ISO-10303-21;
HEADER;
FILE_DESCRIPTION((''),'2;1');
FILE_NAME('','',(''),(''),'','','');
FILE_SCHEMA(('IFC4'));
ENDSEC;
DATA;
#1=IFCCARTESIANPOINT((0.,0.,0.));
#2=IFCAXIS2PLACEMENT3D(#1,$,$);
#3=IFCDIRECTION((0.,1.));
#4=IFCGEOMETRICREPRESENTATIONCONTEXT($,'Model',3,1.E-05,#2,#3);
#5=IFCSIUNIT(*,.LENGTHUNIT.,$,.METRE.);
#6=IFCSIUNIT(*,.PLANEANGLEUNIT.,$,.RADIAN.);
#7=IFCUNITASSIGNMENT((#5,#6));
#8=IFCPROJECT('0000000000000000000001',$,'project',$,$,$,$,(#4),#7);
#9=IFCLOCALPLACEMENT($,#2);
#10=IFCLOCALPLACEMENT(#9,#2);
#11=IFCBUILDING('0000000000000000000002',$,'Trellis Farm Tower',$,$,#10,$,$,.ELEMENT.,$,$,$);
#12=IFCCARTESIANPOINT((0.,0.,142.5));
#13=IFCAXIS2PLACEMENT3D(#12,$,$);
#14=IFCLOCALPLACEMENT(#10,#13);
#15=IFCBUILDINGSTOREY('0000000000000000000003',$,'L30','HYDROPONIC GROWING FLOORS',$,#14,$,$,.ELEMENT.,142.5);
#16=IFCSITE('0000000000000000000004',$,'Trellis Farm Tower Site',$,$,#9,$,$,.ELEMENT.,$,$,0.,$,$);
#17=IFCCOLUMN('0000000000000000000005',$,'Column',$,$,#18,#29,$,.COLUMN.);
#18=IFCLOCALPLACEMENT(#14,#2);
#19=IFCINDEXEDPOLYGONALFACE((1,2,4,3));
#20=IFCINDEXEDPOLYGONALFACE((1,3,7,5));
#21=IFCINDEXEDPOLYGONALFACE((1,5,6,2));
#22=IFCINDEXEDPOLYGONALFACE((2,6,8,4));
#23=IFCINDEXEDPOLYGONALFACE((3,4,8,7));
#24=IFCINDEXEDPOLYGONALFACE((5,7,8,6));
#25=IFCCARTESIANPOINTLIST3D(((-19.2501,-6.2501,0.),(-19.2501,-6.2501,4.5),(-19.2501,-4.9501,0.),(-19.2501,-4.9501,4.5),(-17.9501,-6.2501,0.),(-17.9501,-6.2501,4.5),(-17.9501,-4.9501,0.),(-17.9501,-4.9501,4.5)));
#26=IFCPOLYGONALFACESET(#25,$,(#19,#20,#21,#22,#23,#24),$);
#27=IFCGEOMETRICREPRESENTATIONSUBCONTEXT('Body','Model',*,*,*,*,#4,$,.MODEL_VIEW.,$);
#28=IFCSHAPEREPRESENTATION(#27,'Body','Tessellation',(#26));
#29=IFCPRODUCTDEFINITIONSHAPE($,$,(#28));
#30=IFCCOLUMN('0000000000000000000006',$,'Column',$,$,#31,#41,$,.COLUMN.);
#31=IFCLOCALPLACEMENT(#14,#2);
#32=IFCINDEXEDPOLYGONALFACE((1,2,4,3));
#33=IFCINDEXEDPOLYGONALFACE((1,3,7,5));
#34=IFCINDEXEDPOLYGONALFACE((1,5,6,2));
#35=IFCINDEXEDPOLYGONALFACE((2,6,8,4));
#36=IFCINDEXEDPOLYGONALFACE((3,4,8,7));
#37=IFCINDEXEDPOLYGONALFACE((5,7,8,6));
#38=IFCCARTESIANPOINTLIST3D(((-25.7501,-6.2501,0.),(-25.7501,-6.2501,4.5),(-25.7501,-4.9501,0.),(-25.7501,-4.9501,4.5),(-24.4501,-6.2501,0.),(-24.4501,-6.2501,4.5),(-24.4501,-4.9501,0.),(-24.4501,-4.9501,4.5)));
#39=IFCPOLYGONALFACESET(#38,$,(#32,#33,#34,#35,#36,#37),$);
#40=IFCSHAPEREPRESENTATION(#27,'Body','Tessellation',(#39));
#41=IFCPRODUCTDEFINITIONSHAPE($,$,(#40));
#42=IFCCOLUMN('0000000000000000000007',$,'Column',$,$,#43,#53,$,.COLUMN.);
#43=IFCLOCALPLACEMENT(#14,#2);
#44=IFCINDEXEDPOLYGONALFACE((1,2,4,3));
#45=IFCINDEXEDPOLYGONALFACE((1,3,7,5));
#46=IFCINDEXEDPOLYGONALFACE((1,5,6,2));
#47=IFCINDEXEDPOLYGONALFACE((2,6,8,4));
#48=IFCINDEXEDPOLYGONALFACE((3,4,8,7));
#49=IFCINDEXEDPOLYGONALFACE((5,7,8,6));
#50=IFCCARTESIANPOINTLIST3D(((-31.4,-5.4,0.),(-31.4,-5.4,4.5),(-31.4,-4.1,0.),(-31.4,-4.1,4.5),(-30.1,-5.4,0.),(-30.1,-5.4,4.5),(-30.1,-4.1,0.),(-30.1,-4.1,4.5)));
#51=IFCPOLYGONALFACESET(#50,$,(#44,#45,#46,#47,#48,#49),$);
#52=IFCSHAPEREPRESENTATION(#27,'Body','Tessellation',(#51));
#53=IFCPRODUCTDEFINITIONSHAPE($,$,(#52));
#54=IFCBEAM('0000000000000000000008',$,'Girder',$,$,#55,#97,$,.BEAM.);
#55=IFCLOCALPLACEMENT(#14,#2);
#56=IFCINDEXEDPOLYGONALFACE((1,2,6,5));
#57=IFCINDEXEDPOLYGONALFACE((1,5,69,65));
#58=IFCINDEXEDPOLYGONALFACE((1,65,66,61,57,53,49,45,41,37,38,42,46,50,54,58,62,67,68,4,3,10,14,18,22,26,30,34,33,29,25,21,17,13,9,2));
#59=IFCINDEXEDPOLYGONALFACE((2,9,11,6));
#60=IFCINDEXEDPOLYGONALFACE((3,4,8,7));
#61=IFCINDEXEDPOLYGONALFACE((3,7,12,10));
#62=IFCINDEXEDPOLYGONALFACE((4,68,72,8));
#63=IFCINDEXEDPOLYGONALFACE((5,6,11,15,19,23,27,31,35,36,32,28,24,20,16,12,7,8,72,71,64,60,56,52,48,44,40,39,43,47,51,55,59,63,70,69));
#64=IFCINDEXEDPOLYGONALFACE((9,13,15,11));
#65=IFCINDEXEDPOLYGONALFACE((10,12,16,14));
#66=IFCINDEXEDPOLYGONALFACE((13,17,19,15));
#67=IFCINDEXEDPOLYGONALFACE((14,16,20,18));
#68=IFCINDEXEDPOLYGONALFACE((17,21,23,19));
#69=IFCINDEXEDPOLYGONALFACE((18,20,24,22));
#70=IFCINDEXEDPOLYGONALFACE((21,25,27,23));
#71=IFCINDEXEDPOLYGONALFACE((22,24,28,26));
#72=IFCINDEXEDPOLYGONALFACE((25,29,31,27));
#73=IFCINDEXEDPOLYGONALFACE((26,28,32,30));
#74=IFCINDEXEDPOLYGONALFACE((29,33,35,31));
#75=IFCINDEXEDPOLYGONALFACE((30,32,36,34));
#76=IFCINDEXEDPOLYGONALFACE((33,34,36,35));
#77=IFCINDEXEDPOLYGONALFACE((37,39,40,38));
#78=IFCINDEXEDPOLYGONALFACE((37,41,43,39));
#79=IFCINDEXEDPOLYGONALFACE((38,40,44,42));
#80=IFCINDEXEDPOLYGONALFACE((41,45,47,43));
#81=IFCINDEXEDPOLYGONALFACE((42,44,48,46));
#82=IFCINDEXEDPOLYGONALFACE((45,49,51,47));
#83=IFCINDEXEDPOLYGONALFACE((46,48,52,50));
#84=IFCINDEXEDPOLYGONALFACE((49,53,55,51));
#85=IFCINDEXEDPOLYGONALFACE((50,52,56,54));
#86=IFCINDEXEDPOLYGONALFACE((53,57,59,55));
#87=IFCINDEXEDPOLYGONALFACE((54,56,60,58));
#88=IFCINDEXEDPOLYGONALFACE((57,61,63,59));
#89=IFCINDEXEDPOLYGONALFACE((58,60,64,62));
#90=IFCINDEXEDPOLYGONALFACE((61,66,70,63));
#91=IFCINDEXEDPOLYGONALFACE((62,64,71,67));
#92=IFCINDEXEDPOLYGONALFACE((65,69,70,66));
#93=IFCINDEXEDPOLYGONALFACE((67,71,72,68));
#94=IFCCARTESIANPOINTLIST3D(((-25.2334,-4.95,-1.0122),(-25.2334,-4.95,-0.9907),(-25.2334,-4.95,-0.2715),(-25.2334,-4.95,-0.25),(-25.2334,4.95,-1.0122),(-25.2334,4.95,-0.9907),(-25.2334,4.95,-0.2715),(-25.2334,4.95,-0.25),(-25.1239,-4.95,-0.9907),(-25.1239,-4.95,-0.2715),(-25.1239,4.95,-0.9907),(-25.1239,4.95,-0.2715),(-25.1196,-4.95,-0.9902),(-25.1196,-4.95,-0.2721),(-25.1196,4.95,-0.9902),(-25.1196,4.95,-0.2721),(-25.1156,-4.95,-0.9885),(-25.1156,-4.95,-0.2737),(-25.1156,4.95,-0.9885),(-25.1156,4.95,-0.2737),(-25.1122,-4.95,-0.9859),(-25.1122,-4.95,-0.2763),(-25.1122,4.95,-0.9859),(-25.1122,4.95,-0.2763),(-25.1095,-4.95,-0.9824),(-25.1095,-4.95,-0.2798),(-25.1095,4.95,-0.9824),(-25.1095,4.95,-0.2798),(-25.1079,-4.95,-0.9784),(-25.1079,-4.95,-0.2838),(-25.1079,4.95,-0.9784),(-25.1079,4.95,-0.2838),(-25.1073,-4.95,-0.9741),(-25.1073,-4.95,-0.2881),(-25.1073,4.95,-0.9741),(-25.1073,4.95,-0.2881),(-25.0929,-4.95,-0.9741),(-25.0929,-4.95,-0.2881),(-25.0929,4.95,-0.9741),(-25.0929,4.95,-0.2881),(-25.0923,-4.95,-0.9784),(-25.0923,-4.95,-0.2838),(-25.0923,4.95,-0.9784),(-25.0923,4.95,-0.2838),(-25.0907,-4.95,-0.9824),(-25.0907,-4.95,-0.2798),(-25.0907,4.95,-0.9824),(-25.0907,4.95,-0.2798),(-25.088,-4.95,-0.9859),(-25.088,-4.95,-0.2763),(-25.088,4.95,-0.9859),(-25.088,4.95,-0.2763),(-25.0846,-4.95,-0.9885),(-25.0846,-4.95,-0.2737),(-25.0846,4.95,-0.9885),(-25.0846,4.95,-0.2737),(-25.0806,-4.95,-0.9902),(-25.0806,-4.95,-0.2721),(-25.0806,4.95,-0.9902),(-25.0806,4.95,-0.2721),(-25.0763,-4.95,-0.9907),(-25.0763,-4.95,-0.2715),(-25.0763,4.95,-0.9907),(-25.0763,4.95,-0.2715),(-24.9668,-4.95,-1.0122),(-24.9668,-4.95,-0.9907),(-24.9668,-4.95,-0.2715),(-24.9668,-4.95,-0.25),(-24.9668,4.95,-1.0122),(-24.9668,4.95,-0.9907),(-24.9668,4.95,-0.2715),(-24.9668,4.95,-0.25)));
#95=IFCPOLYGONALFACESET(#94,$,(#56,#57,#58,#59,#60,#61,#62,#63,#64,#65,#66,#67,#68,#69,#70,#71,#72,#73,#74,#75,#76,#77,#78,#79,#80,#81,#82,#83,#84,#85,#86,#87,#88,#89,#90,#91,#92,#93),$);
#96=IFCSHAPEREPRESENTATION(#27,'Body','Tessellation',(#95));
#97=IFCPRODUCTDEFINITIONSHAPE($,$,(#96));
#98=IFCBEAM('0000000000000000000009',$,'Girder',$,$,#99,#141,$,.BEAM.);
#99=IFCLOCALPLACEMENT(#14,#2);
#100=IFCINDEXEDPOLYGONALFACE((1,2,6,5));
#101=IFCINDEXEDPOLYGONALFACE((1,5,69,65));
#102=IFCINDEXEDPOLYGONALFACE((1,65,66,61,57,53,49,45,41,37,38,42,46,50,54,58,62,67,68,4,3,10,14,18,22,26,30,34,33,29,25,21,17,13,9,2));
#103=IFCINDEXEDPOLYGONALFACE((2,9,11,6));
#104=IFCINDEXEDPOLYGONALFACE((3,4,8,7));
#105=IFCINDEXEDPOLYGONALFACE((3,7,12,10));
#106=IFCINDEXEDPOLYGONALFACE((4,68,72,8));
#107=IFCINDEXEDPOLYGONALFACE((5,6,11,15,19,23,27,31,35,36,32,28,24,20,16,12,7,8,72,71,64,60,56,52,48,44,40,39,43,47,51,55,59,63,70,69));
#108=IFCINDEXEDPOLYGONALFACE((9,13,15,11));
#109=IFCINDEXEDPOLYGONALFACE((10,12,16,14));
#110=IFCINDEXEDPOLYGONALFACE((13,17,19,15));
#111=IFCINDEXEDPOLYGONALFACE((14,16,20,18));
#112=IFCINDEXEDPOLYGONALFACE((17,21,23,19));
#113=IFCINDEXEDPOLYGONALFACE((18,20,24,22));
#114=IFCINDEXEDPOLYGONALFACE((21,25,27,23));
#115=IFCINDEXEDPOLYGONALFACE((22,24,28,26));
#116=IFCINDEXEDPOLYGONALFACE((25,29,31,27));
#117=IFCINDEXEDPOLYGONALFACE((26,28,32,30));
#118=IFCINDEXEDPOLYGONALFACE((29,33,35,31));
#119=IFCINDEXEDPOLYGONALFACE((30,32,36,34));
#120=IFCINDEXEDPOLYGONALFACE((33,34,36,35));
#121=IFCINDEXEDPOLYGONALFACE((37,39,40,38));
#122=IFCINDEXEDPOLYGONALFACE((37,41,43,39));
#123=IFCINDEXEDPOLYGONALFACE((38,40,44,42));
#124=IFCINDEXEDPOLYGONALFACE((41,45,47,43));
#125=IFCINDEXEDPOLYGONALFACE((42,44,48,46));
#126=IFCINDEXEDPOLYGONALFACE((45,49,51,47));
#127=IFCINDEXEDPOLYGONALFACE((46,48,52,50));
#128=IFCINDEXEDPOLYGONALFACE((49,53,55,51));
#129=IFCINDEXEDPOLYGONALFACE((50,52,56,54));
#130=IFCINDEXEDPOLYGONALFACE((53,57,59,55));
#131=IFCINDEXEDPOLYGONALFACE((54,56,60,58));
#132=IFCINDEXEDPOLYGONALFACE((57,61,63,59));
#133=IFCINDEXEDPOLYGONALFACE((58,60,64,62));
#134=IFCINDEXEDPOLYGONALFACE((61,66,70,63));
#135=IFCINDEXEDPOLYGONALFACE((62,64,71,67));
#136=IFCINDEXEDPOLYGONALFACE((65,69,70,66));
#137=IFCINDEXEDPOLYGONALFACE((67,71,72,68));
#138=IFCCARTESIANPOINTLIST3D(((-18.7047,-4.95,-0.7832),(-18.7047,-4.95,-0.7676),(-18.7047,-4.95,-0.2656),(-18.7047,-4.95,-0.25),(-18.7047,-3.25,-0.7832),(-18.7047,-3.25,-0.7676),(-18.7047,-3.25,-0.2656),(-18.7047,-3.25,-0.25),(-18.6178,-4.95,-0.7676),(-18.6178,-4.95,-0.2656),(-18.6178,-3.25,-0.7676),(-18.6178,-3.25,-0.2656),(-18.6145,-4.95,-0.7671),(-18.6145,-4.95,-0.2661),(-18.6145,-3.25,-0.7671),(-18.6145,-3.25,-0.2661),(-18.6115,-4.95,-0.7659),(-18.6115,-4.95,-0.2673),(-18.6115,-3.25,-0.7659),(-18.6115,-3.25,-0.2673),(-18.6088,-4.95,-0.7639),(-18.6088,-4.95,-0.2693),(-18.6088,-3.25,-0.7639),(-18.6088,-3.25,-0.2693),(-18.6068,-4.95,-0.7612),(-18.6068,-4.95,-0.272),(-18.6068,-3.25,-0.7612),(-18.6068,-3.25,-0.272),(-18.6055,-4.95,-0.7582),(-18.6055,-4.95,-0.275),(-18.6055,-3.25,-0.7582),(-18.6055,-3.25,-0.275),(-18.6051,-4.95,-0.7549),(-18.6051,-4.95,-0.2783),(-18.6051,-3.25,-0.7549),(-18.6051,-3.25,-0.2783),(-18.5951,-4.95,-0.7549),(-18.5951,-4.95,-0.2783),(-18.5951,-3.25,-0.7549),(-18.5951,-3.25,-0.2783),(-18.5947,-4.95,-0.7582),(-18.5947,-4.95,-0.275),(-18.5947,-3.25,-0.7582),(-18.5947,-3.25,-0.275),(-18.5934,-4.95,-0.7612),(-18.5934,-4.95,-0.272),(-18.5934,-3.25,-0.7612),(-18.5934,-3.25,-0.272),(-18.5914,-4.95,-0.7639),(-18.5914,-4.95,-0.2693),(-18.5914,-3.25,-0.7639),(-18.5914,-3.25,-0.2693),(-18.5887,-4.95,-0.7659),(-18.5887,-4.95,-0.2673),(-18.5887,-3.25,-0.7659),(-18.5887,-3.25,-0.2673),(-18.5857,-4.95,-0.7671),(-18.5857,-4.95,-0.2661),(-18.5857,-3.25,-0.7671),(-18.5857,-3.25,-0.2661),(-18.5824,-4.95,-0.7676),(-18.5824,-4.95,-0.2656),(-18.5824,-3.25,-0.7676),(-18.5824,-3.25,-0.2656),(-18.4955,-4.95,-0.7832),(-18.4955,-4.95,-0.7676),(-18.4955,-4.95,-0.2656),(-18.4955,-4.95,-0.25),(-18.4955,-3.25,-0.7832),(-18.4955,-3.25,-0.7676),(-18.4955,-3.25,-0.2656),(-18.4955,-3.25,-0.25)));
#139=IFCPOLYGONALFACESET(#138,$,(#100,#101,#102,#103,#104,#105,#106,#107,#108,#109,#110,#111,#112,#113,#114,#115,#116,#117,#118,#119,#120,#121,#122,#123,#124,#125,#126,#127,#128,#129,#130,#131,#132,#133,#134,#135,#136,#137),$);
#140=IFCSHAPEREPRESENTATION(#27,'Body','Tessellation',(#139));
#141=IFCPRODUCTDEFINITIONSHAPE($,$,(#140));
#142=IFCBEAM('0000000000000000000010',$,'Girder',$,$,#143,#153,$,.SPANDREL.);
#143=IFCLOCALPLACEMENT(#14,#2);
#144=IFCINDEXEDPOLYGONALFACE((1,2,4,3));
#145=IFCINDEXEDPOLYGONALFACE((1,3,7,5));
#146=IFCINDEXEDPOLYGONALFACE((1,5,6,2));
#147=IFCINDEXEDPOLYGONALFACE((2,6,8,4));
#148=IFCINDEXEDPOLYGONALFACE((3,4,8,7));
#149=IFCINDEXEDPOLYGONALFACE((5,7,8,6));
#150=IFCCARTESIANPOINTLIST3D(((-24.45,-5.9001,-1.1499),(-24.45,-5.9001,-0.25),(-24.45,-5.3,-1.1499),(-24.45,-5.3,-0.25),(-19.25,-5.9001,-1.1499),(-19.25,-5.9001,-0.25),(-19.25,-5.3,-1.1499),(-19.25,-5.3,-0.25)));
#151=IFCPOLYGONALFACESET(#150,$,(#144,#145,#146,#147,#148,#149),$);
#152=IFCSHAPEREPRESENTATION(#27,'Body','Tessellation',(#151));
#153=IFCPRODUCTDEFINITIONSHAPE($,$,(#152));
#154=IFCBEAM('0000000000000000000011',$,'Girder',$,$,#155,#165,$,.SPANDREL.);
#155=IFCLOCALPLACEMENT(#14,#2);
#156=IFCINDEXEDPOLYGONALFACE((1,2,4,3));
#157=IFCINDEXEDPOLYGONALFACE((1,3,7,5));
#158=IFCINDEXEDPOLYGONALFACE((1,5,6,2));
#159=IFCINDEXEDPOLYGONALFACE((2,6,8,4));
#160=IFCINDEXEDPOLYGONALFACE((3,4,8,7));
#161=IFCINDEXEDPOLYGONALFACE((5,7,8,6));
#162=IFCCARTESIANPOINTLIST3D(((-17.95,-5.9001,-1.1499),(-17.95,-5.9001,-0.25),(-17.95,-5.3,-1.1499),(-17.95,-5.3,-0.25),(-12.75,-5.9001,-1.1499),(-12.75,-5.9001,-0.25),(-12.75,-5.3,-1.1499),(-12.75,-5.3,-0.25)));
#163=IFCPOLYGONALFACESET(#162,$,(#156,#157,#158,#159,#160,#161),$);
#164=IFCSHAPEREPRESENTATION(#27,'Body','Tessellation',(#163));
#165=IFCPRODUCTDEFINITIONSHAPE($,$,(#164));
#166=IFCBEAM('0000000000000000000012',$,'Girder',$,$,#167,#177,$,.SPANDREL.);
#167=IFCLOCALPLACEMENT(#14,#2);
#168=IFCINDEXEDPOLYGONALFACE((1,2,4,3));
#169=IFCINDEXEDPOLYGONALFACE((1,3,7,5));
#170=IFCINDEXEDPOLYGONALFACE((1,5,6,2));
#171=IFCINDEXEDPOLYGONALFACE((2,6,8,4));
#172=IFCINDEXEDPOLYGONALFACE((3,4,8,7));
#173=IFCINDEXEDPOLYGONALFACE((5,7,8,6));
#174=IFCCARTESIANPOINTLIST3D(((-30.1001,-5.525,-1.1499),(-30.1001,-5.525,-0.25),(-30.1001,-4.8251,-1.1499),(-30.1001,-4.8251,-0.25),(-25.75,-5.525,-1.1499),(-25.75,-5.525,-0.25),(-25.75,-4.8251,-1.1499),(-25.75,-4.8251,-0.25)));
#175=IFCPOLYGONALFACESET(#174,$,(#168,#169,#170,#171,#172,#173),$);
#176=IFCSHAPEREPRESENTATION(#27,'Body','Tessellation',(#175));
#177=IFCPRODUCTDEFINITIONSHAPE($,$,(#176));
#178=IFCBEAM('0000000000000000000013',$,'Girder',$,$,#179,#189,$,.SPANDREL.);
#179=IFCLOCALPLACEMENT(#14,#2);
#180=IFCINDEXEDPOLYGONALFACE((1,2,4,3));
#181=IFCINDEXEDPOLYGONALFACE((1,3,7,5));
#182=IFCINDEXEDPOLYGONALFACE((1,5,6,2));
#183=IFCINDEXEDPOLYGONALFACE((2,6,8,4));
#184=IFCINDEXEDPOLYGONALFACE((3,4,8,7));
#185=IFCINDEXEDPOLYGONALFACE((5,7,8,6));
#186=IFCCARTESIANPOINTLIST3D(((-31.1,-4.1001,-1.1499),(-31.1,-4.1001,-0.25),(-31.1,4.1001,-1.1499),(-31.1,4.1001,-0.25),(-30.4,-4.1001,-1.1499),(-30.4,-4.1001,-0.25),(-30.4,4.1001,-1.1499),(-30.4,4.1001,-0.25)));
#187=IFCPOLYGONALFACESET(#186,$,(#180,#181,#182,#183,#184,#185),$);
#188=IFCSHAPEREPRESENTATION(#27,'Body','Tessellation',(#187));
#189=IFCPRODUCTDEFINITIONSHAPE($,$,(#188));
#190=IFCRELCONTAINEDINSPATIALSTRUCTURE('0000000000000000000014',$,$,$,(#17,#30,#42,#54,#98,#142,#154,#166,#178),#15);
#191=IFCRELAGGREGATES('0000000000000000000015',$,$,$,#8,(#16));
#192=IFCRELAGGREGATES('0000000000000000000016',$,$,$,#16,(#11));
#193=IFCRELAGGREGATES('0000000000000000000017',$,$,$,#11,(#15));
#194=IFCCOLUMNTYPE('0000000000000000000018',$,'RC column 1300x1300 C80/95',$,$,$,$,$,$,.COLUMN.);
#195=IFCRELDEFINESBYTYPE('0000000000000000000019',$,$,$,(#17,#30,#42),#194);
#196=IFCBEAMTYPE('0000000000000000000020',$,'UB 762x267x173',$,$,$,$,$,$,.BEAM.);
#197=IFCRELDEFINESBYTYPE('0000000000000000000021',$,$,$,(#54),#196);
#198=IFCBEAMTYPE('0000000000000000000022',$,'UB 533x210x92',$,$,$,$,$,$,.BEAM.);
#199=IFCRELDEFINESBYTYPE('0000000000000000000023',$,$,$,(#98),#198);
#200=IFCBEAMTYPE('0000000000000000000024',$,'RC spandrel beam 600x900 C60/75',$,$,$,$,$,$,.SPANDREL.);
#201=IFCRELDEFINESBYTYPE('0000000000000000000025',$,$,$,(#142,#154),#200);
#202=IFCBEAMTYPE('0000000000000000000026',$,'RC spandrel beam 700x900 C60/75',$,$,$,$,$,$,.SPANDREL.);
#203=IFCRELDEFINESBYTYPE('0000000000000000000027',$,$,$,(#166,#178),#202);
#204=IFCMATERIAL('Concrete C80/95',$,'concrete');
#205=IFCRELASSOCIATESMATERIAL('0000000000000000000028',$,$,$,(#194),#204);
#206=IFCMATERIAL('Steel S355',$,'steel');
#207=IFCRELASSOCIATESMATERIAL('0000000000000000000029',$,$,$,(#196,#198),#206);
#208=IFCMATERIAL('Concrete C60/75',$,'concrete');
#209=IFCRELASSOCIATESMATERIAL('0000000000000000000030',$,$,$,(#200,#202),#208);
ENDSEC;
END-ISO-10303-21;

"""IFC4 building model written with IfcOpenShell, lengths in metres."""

from ifc_helpers import new_model, si_unit, direction, frame, origin, origin_2d, place, context, subcontext, project, spatial, rectangle, i_section, extrude, source, transform, mapped, material, material_profile, profile_set, type_object, element, save


model = new_model("IFC4")

# Units and contexts
model_context = context("Model", 3, precision=1e-05, world=origin(), true_north=direction((0.0, 1.0)))
body_context = subcontext(model_context, "Body", "Model", "MODEL_VIEW")
ifc_project = project(units=[si_unit("LENGTHUNIT", "METRE"), si_unit("PLANEANGLEUNIT", "RADIAN")], contexts=[model_context])

# Site, building, storey
site_placement = place(None, origin())
site = spatial("IfcSite", under=ifc_project, at=site_placement, Name="Trellis Farm Tower Site", CompositionType="ELEMENT", RefElevation=0.0)
building_placement = place(site_placement, origin())
building = spatial("IfcBuilding", under=site, at=building_placement, Name="Trellis Farm Tower", CompositionType="ELEMENT")
storey_placement = place(building_placement, frame((0.0, 0.0, 142.5)))
storey = spatial("IfcBuildingStorey", under=building, at=storey_placement, Name="L30", Description="HYDROPONIC GROWING FLOORS", CompositionType="ELEMENT", Elevation=142.5)

# Columns
ifc_material_1 = material(Name="Concrete C80/95", Category="concrete")
ifc_material_profile_1 = material_profile(ifc_material_1, rectangle(XDim=1.3, YDim=1.3, at=origin_2d()), Name="RC column 1300x1300 C80/95")
ifc_profile_set_1 = profile_set([ifc_material_profile_1], Name="Concrete C80/95")
column_type = type_object("IfcColumnType", Name="RC column 1300x1300 C80/95", PredefinedType="COLUMN", material=ifc_profile_set_1)
shared_shape_1 = source(origin(), body_context, "Body", "SweptSolid", [
    extrude(rectangle(XDim=1.3, YDim=1.3, at=origin_2d()), origin(), (0.0, 0.0, 1.0), 4.5),
])
for number, where, z_axis, x_axis, name in (
    (1, (-18.6001, -5.6001, 0.0), (0.0, 0.0, 1.0), (1.0, 0.0, 0.0), "Column"),
    (2, (-25.1001, -5.6001, 0.0), (0.0, 0.0, 1.0), (1.0, 0.0, 0.0), "Column"),
    (3, (-30.75, -4.75, 0.0), (0.0, 0.0, 1.0), (1.0, 0.0, 0.0), "Column"),
):
    element("IfcColumn", number, at=place(storey_placement, frame(where, z_axis=z_axis, x_axis=x_axis)), inside=storey, type_object=column_type, Name=name, PredefinedType="COLUMN", context=body_context, shape_type="MappedRepresentation", body=[
        mapped(shared_shape_1, transform((0.0, 0.0, 0.0))),
    ])

# Beams
ifc_material_2 = material(Name="Steel S355", Category="steel")
ifc_material_profile_2 = material_profile(ifc_material_2, i_section(OverallWidth=0.2666, OverallDepth=0.7622, WebThickness=0.0144, FlangeThickness=0.0215, FilletRadius=0.0166, at=origin_2d()), Name="UB 762x267x173")
ifc_profile_set_2 = profile_set([ifc_material_profile_2], Name="Steel S355")
beam_type_1 = type_object("IfcBeamType", Name="UB 762x267x173", PredefinedType="BEAM", material=ifc_profile_set_2)
shared_shape_2 = source(origin(), body_context, "Body", "SweptSolid", [
    extrude(i_section(OverallWidth=0.2666, OverallDepth=0.7622, WebThickness=0.0144, FlangeThickness=0.0215, FilletRadius=0.0166, at=origin_2d()), origin(), (0.0, 0.0, 1.0), 9.8999),
])
beam_1_placement = place(storey_placement, frame((-25.1001, -4.95, -0.6311), z_axis=(0.0, 1.0, 0.0), x_axis=(-1.0, 0.0, 0.0)))
element("IfcBeam", 4, at=beam_1_placement, inside=storey, type_object=beam_type_1, Name="Girder", PredefinedType="BEAM", context=body_context, shape_type="MappedRepresentation", body=[
    mapped(shared_shape_2, transform((0.0, 0.0, 0.0))),
])
ifc_material_profile_3 = material_profile(ifc_material_2, i_section(OverallWidth=0.2092, OverallDepth=0.5332, WebThickness=0.01, FlangeThickness=0.0156, FilletRadius=0.0127, at=origin_2d()), Name="UB 533x210x92")
ifc_profile_set_3 = profile_set([ifc_material_profile_3], Name="Steel S355")
beam_type_2 = type_object("IfcBeamType", Name="UB 533x210x92", PredefinedType="BEAM", material=ifc_profile_set_3)
shared_shape_3 = source(origin(), body_context, "Body", "SweptSolid", [
    extrude(i_section(OverallWidth=0.2092, OverallDepth=0.5332, WebThickness=0.01, FlangeThickness=0.0156, FilletRadius=0.0127, at=origin_2d()), origin(), (0.0, 0.0, 1.0), 1.7),
])
beam_2_placement = place(storey_placement, frame((-18.6001, -4.95, -0.5166), z_axis=(0.0, 1.0, 0.0), x_axis=(-1.0, 0.0, 0.0)))
element("IfcBeam", 5, at=beam_2_placement, inside=storey, type_object=beam_type_2, Name="Girder", PredefinedType="BEAM", context=body_context, shape_type="MappedRepresentation", body=[
    mapped(shared_shape_3, transform((0.0, 0.0, 0.0))),
])
ifc_material_3 = material(Name="Concrete C60/75", Category="concrete")
ifc_material_profile_4 = material_profile(ifc_material_3, rectangle(XDim=0.6001, YDim=0.8999, at=origin_2d()), Name="RC spandrel beam 600x900 C60/75")
ifc_profile_set_4 = profile_set([ifc_material_profile_4], Name="Concrete C60/75")
beam_type_3 = type_object("IfcBeamType", Name="RC spandrel beam 600x900 C60/75", PredefinedType="SPANDREL", material=ifc_profile_set_4)
shared_shape_4 = source(origin(), body_context, "Body", "SweptSolid", [
    extrude(rectangle(XDim=0.6001, YDim=0.8999, at=origin_2d()), origin(), (0.0, 0.0, 1.0), 5.2),
])
for number, where, z_axis, x_axis, name in (
    (6, (-24.45, -5.6001, -0.7), (1.0, 0.0, 0.0), (0.0, 1.0, 0.0), "Girder"),
    (7, (-17.95, -5.6001, -0.7), (1.0, 0.0, 0.0), (0.0, 1.0, 0.0), "Girder"),
):
    element("IfcBeam", number, at=place(storey_placement, frame(where, z_axis=z_axis, x_axis=x_axis)), inside=storey, type_object=beam_type_3, Name=name, PredefinedType="SPANDREL", context=body_context, shape_type="MappedRepresentation", body=[
        mapped(shared_shape_4, transform((0.0, 0.0, 0.0))),
    ])
ifc_material_profile_5 = material_profile(ifc_material_3, rectangle(XDim=0.7, YDim=0.8999, at=origin_2d()), Name="RC spandrel beam 700x900 C60/75")
ifc_profile_set_5 = profile_set([ifc_material_profile_5], Name="Concrete C60/75")
beam_type_4 = type_object("IfcBeamType", Name="RC spandrel beam 700x900 C60/75", PredefinedType="SPANDREL", material=ifc_profile_set_5)
shared_shape_5 = source(origin(), body_context, "Body", "SweptSolid", [
    extrude(rectangle(XDim=0.7, YDim=0.8999, at=origin_2d()), origin(), (0.0, 0.0, 1.0), 4.3501),
])
beam_3_placement = place(storey_placement, frame((-30.1001, -5.175, -0.7), z_axis=(1.0, 0.0, 0.0), x_axis=(0.0, 1.0, 0.0)))
element("IfcBeam", 8, at=beam_3_placement, inside=storey, type_object=beam_type_4, Name="Girder", PredefinedType="SPANDREL", context=body_context, shape_type="MappedRepresentation", body=[
    mapped(shared_shape_5, transform((0.0, 0.0, 0.0))),
])
shared_shape_6 = source(origin(), body_context, "Body", "SweptSolid", [
    extrude(rectangle(XDim=0.7, YDim=0.8999, at=origin_2d()), origin(), (0.0, 0.0, 1.0), 8.2002),
])
beam_4_placement = place(storey_placement, frame((-30.75, -4.1001, -0.7), z_axis=(0.0, 1.0, 0.0), x_axis=(-1.0, 0.0, 0.0)))
element("IfcBeam", 9, at=beam_4_placement, inside=storey, type_object=beam_type_4, Name="Girder", PredefinedType="SPANDREL", context=body_context, shape_type="MappedRepresentation", body=[
    mapped(shared_shape_6, transform((0.0, 0.0, 0.0))),
])

save(model, "model.ifc")
